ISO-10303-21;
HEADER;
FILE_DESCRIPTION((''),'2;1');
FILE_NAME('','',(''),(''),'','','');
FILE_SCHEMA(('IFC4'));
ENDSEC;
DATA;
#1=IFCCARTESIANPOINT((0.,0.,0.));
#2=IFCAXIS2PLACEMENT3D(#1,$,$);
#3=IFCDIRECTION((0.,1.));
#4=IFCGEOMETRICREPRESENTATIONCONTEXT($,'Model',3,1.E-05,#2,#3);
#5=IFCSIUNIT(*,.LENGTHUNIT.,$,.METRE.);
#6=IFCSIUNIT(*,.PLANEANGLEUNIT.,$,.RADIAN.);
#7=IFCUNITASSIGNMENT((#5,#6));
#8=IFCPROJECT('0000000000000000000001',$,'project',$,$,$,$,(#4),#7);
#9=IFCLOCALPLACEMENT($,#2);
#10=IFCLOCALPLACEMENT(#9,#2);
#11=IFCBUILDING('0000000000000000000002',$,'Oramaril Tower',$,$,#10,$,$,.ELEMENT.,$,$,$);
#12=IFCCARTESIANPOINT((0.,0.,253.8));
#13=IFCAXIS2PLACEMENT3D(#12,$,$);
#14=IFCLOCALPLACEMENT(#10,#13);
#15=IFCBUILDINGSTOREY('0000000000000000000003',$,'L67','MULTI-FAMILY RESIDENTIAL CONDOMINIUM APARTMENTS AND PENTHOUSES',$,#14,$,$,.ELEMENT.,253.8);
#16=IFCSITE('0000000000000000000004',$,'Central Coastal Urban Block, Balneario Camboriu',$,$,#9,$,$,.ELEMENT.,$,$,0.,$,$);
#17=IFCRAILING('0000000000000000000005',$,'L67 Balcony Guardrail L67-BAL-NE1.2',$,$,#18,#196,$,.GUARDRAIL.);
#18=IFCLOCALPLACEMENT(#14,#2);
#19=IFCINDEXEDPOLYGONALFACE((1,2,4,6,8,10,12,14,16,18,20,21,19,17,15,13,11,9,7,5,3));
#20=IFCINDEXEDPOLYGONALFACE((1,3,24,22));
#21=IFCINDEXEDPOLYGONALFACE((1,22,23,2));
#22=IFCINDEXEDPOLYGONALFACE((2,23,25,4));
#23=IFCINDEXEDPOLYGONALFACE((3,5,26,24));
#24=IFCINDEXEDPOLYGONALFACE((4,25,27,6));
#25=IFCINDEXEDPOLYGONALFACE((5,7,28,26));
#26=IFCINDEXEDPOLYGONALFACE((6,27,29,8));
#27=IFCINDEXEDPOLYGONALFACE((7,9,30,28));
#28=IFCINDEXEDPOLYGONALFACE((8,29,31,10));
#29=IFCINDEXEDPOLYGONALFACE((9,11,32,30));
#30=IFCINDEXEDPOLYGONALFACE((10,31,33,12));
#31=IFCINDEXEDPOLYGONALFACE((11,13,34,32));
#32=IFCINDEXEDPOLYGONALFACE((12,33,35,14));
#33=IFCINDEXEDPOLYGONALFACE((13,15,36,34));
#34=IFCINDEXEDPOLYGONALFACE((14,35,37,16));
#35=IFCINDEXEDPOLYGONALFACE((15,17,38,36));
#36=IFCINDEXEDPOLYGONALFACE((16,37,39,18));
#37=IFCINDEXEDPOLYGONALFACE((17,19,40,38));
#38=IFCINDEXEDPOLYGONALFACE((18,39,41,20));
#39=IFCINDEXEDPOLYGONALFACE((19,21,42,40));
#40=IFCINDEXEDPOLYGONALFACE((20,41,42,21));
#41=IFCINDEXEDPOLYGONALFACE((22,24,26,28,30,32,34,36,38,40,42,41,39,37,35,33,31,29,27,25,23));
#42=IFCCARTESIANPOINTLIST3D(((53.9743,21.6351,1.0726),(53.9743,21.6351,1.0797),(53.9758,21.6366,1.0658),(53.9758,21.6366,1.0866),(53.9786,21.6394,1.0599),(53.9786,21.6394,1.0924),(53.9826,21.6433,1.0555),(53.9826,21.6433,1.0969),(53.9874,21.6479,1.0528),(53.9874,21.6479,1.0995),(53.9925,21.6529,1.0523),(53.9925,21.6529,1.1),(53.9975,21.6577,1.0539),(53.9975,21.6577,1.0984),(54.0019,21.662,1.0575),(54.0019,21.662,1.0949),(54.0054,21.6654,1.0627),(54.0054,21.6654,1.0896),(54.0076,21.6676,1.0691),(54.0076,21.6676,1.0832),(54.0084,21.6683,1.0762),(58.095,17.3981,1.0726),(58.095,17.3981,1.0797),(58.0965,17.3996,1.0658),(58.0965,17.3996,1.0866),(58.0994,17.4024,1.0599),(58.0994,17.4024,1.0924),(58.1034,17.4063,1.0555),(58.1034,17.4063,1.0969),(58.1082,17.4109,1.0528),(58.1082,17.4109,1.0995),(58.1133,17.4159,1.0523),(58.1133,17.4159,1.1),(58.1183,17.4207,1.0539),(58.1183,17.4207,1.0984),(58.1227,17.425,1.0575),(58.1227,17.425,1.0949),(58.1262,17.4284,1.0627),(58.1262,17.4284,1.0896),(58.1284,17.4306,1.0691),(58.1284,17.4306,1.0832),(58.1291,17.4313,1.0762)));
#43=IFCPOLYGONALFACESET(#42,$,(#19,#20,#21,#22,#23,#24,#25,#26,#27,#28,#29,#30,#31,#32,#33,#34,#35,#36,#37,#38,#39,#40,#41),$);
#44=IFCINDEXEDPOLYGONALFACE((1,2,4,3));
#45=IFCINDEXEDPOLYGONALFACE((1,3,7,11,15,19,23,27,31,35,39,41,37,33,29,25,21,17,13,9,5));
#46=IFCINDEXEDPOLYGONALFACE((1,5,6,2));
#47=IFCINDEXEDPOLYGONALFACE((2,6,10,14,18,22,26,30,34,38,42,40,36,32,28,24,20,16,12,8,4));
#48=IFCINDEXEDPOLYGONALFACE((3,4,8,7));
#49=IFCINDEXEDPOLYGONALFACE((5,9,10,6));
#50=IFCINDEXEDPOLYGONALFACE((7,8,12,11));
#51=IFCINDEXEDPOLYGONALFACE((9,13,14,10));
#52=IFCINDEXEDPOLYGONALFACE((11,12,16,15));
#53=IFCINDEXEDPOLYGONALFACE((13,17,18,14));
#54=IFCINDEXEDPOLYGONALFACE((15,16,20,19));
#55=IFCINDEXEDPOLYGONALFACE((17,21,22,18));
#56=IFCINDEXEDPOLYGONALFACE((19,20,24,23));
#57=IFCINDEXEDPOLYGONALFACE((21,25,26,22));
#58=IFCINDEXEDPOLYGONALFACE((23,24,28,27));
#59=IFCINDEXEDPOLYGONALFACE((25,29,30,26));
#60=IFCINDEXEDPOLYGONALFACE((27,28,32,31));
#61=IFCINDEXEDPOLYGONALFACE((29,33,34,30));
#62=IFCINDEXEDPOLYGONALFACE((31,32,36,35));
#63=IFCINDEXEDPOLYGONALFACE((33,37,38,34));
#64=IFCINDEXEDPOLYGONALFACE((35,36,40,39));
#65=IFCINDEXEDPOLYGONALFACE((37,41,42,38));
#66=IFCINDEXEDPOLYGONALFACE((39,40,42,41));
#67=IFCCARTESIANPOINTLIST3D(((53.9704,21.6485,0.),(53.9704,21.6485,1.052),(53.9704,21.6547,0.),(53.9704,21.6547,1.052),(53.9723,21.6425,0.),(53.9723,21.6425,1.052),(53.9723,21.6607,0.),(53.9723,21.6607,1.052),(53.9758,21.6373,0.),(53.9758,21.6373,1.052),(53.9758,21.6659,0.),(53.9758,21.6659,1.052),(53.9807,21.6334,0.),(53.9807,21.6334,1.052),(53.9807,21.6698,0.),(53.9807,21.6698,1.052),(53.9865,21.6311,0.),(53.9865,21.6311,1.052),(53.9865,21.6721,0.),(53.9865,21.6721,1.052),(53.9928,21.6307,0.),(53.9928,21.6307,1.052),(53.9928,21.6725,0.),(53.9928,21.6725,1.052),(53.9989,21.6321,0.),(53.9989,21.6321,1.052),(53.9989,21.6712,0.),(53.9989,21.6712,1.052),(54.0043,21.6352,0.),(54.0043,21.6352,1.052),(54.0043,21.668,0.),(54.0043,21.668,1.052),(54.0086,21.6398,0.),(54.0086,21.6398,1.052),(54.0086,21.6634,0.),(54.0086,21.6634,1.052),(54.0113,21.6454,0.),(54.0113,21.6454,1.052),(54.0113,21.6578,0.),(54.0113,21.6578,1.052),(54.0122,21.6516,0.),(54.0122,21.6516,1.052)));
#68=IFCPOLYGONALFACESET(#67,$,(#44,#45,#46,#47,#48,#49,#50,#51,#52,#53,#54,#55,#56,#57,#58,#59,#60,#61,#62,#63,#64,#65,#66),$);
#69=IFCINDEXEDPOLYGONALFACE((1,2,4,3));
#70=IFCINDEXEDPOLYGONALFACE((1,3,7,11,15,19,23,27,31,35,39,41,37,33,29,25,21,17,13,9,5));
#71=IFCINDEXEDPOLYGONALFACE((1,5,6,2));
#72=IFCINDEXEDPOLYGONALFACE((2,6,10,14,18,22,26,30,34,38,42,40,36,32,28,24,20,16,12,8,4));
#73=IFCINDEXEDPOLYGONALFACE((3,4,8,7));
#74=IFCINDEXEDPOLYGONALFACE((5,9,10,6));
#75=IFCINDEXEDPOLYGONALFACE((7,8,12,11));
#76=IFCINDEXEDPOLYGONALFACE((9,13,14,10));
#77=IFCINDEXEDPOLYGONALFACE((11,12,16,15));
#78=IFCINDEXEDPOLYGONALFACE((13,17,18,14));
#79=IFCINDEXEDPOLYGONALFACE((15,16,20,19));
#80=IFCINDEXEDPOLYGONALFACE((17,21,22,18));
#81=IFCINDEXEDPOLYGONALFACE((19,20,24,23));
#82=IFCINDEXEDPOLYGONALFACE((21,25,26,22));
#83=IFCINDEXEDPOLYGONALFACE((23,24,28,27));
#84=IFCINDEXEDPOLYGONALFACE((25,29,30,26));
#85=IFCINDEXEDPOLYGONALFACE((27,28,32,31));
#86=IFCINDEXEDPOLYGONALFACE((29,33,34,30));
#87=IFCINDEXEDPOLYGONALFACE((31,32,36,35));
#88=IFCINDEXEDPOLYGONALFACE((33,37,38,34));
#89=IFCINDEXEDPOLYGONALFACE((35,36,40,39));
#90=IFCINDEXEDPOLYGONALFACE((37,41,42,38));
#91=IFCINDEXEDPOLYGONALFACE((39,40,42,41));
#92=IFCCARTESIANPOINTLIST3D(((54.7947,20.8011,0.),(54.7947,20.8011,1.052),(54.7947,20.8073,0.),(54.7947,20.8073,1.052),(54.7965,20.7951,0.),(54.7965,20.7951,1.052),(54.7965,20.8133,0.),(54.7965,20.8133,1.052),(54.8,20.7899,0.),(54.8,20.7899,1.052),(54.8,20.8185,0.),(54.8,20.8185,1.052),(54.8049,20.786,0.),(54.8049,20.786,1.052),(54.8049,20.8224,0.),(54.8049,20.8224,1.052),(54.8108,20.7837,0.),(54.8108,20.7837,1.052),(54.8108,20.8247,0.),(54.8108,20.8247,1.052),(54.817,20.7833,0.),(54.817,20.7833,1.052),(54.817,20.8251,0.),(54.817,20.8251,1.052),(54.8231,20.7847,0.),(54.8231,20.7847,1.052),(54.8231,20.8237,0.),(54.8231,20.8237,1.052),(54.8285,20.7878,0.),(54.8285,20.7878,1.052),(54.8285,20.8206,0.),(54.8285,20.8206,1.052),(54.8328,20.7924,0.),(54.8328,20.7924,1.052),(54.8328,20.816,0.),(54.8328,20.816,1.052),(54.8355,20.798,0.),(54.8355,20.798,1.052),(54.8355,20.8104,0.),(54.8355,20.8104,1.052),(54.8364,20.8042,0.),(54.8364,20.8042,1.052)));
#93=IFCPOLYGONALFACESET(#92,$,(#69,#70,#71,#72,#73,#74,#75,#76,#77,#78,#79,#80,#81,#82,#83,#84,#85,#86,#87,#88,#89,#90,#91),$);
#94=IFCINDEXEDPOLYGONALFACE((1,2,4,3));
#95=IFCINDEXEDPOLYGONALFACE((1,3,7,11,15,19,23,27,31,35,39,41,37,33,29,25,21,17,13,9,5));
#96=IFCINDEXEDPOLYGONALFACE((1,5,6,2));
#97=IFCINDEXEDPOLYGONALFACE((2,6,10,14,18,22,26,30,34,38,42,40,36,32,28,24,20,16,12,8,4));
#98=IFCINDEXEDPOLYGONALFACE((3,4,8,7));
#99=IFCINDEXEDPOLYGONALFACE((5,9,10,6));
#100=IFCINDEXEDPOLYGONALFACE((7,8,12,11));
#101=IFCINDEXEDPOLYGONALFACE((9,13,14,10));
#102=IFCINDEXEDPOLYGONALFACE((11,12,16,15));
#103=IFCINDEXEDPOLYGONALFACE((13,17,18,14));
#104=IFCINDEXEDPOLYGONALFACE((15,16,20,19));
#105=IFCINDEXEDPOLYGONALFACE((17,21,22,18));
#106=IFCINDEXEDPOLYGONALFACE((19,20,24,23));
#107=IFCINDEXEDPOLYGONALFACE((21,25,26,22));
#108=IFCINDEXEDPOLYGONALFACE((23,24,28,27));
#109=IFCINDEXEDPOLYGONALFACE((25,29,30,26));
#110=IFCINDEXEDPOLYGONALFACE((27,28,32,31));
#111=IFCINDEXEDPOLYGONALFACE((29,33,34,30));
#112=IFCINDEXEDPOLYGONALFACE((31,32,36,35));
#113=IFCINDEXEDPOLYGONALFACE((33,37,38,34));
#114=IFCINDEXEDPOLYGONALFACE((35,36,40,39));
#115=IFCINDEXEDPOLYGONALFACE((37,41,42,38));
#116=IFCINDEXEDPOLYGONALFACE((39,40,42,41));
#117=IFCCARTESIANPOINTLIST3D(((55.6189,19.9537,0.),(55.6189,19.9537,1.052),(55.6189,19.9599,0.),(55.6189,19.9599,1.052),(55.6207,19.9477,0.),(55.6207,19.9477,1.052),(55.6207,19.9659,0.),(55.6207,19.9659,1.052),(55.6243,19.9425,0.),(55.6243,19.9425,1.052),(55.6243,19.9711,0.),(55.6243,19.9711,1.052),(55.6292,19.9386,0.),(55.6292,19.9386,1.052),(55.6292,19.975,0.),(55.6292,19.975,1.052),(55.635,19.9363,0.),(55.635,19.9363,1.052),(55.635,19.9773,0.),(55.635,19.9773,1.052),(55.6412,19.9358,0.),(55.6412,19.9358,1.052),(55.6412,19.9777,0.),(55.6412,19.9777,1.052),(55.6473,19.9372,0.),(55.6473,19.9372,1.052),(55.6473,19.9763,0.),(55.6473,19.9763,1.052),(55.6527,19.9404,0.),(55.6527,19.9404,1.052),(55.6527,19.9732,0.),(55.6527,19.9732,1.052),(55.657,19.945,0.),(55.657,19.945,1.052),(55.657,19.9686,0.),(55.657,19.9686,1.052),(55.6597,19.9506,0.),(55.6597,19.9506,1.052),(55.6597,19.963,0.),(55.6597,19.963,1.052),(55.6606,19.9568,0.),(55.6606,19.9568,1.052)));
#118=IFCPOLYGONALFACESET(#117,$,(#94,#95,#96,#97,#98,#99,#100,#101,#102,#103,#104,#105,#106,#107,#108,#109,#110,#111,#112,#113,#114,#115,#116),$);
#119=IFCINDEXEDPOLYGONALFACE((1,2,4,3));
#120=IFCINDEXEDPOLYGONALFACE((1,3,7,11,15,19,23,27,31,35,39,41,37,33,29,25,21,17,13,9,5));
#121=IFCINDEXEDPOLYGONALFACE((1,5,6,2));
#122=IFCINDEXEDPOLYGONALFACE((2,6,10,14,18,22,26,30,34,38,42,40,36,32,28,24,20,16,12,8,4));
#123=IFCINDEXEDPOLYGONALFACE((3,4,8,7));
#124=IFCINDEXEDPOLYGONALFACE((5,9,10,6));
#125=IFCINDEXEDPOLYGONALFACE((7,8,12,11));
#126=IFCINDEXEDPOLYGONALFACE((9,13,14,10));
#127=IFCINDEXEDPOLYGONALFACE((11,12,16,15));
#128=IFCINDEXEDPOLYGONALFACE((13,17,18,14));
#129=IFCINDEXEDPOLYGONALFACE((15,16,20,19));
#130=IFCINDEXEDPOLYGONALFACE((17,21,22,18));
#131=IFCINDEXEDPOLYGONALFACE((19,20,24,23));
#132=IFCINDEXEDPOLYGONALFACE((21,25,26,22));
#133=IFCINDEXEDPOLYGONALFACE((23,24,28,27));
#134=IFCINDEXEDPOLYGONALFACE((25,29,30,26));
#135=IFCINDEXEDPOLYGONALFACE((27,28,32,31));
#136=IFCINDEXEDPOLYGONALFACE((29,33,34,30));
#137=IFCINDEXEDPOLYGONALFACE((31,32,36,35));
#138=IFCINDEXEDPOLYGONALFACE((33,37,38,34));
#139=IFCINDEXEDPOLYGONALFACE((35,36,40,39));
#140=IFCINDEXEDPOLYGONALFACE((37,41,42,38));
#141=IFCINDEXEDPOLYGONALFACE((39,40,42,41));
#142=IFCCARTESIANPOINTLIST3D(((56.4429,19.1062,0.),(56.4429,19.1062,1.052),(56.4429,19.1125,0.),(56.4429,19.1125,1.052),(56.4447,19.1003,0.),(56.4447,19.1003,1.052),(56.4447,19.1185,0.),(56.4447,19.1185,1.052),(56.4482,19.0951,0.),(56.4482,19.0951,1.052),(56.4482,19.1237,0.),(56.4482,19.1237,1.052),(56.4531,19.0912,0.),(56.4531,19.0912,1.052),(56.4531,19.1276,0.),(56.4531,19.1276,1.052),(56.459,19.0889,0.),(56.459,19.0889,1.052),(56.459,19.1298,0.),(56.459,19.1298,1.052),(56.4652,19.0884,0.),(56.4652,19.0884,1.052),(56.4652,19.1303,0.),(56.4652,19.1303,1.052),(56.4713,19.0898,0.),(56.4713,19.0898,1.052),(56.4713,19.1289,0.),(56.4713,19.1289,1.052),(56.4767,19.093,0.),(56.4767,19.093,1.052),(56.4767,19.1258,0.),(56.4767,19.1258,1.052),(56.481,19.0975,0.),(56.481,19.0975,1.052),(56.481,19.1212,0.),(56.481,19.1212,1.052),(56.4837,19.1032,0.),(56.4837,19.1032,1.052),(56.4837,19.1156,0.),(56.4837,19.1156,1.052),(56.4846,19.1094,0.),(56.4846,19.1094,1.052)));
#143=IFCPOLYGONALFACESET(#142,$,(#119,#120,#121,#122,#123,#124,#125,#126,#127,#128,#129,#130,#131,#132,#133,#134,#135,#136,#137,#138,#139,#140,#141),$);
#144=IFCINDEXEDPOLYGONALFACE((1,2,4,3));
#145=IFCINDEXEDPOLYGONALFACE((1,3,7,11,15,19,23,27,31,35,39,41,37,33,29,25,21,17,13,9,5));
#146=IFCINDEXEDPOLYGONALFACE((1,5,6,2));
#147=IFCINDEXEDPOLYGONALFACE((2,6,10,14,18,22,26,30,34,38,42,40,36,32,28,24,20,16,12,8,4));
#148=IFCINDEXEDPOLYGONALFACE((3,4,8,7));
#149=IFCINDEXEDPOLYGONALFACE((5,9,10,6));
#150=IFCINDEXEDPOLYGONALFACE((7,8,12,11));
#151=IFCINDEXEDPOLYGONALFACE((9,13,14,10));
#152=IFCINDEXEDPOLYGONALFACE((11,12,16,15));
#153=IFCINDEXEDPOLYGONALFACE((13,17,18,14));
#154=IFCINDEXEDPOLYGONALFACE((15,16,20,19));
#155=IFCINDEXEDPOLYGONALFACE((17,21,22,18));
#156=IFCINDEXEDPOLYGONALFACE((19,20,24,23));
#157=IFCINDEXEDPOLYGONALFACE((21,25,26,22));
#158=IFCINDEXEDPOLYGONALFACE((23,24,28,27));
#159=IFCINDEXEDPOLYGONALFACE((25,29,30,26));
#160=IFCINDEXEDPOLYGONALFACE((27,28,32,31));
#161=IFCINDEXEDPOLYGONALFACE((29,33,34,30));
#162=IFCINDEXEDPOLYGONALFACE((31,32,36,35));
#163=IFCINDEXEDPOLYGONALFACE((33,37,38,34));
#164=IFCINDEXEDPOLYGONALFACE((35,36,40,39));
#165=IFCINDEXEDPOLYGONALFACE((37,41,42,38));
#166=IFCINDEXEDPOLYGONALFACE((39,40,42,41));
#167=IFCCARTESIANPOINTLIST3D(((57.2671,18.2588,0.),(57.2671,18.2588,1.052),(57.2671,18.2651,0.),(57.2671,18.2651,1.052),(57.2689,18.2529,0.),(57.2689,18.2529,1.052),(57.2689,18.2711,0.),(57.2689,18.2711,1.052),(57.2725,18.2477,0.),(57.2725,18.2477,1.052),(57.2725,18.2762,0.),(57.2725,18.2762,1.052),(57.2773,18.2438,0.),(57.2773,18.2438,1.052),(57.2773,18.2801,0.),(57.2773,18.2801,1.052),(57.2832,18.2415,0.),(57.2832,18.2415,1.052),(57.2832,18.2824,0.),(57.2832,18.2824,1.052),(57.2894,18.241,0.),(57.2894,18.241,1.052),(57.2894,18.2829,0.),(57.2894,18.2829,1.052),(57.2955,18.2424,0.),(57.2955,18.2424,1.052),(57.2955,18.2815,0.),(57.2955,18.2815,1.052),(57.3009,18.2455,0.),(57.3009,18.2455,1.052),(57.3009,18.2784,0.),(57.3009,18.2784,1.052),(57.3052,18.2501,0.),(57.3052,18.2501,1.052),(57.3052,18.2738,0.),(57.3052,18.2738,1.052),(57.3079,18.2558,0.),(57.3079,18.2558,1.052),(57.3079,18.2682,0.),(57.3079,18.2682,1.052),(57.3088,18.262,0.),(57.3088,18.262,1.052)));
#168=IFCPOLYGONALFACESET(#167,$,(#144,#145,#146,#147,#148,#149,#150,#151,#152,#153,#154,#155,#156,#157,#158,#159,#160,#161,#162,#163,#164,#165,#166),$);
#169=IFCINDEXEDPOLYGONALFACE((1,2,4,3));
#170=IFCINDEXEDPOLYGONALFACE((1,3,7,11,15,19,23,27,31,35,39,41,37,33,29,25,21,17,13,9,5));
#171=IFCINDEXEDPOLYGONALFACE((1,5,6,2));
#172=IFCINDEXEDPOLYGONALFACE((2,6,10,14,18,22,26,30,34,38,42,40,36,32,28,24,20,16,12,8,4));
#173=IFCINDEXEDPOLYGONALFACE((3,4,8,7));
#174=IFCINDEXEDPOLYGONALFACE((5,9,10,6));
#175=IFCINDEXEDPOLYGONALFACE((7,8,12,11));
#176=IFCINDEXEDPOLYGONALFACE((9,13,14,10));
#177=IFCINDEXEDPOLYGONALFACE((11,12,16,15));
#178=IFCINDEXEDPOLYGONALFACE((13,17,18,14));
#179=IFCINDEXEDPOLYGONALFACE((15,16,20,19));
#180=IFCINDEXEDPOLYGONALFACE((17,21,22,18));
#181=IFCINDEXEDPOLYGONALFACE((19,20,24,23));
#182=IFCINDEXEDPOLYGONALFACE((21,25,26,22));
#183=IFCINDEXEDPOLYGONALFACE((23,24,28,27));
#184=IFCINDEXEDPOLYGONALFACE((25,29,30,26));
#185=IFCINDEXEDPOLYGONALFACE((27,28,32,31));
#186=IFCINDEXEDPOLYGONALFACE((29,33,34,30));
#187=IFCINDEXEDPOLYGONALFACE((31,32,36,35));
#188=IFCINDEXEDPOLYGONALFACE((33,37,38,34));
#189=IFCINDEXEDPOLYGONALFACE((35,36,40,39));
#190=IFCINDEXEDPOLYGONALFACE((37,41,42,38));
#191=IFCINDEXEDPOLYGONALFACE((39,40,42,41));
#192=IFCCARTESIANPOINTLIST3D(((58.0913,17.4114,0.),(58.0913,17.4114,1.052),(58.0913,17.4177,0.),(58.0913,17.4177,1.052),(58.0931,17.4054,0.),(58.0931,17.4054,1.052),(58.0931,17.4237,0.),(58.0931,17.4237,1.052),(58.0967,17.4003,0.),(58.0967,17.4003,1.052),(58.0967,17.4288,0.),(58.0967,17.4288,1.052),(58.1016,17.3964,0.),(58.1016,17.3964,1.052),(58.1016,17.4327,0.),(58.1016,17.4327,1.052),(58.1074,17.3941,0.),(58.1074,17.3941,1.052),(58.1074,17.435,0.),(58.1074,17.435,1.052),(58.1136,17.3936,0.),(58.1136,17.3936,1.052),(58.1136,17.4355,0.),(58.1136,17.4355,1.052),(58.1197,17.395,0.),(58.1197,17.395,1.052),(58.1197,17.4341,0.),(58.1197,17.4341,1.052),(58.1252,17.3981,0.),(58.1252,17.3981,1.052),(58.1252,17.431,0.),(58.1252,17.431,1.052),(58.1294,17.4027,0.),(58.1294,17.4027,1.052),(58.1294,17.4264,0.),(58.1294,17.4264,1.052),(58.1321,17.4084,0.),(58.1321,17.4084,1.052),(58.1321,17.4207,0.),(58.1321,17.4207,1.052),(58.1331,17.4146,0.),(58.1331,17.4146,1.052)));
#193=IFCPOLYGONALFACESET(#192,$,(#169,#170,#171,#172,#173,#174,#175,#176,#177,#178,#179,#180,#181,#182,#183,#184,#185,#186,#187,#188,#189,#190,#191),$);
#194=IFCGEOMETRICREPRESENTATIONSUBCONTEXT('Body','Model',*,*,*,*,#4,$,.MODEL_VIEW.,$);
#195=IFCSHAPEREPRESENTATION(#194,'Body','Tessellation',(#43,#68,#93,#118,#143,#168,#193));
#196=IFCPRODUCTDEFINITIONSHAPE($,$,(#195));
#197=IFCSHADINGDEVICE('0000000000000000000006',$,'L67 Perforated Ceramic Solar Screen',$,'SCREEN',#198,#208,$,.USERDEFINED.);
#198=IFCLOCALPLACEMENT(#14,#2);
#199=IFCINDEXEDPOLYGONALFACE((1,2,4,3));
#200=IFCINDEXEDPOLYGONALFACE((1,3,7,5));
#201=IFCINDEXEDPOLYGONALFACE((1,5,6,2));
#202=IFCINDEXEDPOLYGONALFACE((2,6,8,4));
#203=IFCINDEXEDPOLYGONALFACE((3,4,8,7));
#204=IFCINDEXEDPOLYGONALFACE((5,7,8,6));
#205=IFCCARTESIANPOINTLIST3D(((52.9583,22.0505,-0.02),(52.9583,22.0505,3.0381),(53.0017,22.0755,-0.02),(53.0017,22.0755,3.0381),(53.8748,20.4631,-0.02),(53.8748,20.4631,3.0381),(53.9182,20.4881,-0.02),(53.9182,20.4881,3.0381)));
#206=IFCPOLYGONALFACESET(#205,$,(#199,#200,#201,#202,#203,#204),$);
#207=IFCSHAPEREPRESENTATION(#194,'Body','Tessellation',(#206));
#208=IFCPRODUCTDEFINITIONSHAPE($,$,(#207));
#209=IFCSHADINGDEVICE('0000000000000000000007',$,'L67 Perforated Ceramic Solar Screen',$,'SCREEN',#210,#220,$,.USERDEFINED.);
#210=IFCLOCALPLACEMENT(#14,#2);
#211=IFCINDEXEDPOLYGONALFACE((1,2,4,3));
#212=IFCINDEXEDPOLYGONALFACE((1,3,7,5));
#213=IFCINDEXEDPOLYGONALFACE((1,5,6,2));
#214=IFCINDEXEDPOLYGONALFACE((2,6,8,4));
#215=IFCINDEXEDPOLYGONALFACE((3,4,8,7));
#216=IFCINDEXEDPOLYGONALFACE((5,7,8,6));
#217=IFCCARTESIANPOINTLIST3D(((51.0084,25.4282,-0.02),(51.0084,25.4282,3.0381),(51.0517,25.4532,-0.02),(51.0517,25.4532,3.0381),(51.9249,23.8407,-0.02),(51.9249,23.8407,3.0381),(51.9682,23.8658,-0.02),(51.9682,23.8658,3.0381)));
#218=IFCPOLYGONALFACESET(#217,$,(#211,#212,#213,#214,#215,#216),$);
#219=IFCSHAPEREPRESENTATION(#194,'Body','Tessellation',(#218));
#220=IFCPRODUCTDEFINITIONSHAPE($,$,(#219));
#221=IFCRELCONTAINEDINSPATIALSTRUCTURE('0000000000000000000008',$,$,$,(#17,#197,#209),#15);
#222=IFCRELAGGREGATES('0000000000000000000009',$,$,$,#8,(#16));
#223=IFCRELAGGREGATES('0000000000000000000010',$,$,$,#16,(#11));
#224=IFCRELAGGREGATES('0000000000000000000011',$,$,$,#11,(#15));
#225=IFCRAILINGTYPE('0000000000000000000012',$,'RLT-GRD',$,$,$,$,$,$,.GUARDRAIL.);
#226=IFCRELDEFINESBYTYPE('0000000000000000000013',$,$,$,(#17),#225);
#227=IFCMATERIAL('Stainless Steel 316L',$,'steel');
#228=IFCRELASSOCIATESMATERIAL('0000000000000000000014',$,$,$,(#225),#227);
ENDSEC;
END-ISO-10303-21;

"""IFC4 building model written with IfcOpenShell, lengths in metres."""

from ifc_helpers import new_model, si_unit, direction, frame, origin, origin_2d, place, context, subcontext, project, spatial, rectangle, circle, extrude, material, type_object, element, save


model = new_model("IFC4")

# Units and contexts
model_context = context("Model", 3, precision=1e-05, world=origin(), true_north=direction((0.0, 1.0)))
body_context = subcontext(model_context, "Body", "Model", "MODEL_VIEW")
ifc_project = project(units=[si_unit("LENGTHUNIT", "METRE"), si_unit("PLANEANGLEUNIT", "RADIAN")], contexts=[model_context])

# Site, building, storey
site_placement = place(None, origin())
site = spatial("IfcSite", under=ifc_project, at=site_placement, Name="Central Coastal Urban Block, Balneario Camboriu", CompositionType="ELEMENT", RefElevation=0.0)
building_placement = place(site_placement, origin())
building = spatial("IfcBuilding", under=site, at=building_placement, Name="Oramaril Tower", CompositionType="ELEMENT")
storey_placement = place(building_placement, frame((0.0, 0.0, 253.8)))
storey = spatial("IfcBuildingStorey", under=building, at=storey_placement, Name="L67", Description="MULTI-FAMILY RESIDENTIAL CONDOMINIUM APARTMENTS AND PENTHOUSES", CompositionType="ELEMENT", Elevation=253.8)

# Railing
ifc_material_1 = material(Name="Stainless Steel 316L", Category="steel")
railing_type = type_object("IfcRailingType", Name="RLT-GRD", PredefinedType="GUARDRAIL", material=ifc_material_1)
railing_1_placement = place(storey_placement, frame((53.9912, 21.6516, 0.0)))
element("IfcRailing", 1, at=railing_1_placement, inside=storey, type_object=railing_type, Name="L67 Balcony Guardrail L67-BAL-NE1.2", PredefinedType="GUARDRAIL", context=body_context, shape_type="SweptSolid", body=[
    extrude(circle(Radius=0.0239, at=origin_2d()), frame((0.0, 0.0, 1.0762), z_axis=(0.697208, -0.716869, 0.0), x_axis=(0.716869, 0.697208, 0.0)), (0.0, 0.0, 1.0), 5.9104),
    extrude(circle(Radius=0.021, at=origin_2d()), origin(), (0.0, 0.0, 1.0), 1.052),
    extrude(circle(Radius=0.021, at=origin_2d()), frame((0.8242, -0.8474, 0.0)), (0.0, 0.0, 1.0), 1.052),
    extrude(circle(Radius=0.021, at=origin_2d()), frame((1.6484, -1.6948, 0.0)), (0.0, 0.0, 1.0), 1.052),
    extrude(circle(Radius=0.021, at=origin_2d()), frame((2.4724, -2.5422, 0.0)), (0.0, 0.0, 1.0), 1.052),
    extrude(circle(Radius=0.021, at=origin_2d()), frame((3.2966, -3.3896, 0.0)), (0.0, 0.0, 1.0), 1.052),
    extrude(circle(Radius=0.021, at=origin_2d()), frame((4.1208, -4.2371, 0.0)), (0.0, 0.0, 1.0), 1.052),
])

# Shading devices
for number, where, z_axis, x_axis, name in (
    (2, (53.4382, 21.2693, -0.02), (0.0, 0.0, 1.0), (-0.500002, 0.866025, 0.0), "L67 Perforated Ceramic Solar Screen"),
    (3, (51.4883, 24.647, -0.02), (0.0, 0.0, 1.0), (-0.500002, 0.866025, 0.0), "L67 Perforated Ceramic Solar Screen"),
):
    element("IfcShadingDevice", number, at=place(storey_placement, frame(where, z_axis=z_axis, x_axis=x_axis)), inside=storey, Name=name, ObjectType="SCREEN", PredefinedType="USERDEFINED", context=body_context, shape_type="SweptSolid", body=[
        extrude(rectangle(XDim=1.833, YDim=0.05, at=origin_2d()), origin(), (0.0, 0.0, 1.0), 3.0581),
    ])

save(model, "model.ifc")
